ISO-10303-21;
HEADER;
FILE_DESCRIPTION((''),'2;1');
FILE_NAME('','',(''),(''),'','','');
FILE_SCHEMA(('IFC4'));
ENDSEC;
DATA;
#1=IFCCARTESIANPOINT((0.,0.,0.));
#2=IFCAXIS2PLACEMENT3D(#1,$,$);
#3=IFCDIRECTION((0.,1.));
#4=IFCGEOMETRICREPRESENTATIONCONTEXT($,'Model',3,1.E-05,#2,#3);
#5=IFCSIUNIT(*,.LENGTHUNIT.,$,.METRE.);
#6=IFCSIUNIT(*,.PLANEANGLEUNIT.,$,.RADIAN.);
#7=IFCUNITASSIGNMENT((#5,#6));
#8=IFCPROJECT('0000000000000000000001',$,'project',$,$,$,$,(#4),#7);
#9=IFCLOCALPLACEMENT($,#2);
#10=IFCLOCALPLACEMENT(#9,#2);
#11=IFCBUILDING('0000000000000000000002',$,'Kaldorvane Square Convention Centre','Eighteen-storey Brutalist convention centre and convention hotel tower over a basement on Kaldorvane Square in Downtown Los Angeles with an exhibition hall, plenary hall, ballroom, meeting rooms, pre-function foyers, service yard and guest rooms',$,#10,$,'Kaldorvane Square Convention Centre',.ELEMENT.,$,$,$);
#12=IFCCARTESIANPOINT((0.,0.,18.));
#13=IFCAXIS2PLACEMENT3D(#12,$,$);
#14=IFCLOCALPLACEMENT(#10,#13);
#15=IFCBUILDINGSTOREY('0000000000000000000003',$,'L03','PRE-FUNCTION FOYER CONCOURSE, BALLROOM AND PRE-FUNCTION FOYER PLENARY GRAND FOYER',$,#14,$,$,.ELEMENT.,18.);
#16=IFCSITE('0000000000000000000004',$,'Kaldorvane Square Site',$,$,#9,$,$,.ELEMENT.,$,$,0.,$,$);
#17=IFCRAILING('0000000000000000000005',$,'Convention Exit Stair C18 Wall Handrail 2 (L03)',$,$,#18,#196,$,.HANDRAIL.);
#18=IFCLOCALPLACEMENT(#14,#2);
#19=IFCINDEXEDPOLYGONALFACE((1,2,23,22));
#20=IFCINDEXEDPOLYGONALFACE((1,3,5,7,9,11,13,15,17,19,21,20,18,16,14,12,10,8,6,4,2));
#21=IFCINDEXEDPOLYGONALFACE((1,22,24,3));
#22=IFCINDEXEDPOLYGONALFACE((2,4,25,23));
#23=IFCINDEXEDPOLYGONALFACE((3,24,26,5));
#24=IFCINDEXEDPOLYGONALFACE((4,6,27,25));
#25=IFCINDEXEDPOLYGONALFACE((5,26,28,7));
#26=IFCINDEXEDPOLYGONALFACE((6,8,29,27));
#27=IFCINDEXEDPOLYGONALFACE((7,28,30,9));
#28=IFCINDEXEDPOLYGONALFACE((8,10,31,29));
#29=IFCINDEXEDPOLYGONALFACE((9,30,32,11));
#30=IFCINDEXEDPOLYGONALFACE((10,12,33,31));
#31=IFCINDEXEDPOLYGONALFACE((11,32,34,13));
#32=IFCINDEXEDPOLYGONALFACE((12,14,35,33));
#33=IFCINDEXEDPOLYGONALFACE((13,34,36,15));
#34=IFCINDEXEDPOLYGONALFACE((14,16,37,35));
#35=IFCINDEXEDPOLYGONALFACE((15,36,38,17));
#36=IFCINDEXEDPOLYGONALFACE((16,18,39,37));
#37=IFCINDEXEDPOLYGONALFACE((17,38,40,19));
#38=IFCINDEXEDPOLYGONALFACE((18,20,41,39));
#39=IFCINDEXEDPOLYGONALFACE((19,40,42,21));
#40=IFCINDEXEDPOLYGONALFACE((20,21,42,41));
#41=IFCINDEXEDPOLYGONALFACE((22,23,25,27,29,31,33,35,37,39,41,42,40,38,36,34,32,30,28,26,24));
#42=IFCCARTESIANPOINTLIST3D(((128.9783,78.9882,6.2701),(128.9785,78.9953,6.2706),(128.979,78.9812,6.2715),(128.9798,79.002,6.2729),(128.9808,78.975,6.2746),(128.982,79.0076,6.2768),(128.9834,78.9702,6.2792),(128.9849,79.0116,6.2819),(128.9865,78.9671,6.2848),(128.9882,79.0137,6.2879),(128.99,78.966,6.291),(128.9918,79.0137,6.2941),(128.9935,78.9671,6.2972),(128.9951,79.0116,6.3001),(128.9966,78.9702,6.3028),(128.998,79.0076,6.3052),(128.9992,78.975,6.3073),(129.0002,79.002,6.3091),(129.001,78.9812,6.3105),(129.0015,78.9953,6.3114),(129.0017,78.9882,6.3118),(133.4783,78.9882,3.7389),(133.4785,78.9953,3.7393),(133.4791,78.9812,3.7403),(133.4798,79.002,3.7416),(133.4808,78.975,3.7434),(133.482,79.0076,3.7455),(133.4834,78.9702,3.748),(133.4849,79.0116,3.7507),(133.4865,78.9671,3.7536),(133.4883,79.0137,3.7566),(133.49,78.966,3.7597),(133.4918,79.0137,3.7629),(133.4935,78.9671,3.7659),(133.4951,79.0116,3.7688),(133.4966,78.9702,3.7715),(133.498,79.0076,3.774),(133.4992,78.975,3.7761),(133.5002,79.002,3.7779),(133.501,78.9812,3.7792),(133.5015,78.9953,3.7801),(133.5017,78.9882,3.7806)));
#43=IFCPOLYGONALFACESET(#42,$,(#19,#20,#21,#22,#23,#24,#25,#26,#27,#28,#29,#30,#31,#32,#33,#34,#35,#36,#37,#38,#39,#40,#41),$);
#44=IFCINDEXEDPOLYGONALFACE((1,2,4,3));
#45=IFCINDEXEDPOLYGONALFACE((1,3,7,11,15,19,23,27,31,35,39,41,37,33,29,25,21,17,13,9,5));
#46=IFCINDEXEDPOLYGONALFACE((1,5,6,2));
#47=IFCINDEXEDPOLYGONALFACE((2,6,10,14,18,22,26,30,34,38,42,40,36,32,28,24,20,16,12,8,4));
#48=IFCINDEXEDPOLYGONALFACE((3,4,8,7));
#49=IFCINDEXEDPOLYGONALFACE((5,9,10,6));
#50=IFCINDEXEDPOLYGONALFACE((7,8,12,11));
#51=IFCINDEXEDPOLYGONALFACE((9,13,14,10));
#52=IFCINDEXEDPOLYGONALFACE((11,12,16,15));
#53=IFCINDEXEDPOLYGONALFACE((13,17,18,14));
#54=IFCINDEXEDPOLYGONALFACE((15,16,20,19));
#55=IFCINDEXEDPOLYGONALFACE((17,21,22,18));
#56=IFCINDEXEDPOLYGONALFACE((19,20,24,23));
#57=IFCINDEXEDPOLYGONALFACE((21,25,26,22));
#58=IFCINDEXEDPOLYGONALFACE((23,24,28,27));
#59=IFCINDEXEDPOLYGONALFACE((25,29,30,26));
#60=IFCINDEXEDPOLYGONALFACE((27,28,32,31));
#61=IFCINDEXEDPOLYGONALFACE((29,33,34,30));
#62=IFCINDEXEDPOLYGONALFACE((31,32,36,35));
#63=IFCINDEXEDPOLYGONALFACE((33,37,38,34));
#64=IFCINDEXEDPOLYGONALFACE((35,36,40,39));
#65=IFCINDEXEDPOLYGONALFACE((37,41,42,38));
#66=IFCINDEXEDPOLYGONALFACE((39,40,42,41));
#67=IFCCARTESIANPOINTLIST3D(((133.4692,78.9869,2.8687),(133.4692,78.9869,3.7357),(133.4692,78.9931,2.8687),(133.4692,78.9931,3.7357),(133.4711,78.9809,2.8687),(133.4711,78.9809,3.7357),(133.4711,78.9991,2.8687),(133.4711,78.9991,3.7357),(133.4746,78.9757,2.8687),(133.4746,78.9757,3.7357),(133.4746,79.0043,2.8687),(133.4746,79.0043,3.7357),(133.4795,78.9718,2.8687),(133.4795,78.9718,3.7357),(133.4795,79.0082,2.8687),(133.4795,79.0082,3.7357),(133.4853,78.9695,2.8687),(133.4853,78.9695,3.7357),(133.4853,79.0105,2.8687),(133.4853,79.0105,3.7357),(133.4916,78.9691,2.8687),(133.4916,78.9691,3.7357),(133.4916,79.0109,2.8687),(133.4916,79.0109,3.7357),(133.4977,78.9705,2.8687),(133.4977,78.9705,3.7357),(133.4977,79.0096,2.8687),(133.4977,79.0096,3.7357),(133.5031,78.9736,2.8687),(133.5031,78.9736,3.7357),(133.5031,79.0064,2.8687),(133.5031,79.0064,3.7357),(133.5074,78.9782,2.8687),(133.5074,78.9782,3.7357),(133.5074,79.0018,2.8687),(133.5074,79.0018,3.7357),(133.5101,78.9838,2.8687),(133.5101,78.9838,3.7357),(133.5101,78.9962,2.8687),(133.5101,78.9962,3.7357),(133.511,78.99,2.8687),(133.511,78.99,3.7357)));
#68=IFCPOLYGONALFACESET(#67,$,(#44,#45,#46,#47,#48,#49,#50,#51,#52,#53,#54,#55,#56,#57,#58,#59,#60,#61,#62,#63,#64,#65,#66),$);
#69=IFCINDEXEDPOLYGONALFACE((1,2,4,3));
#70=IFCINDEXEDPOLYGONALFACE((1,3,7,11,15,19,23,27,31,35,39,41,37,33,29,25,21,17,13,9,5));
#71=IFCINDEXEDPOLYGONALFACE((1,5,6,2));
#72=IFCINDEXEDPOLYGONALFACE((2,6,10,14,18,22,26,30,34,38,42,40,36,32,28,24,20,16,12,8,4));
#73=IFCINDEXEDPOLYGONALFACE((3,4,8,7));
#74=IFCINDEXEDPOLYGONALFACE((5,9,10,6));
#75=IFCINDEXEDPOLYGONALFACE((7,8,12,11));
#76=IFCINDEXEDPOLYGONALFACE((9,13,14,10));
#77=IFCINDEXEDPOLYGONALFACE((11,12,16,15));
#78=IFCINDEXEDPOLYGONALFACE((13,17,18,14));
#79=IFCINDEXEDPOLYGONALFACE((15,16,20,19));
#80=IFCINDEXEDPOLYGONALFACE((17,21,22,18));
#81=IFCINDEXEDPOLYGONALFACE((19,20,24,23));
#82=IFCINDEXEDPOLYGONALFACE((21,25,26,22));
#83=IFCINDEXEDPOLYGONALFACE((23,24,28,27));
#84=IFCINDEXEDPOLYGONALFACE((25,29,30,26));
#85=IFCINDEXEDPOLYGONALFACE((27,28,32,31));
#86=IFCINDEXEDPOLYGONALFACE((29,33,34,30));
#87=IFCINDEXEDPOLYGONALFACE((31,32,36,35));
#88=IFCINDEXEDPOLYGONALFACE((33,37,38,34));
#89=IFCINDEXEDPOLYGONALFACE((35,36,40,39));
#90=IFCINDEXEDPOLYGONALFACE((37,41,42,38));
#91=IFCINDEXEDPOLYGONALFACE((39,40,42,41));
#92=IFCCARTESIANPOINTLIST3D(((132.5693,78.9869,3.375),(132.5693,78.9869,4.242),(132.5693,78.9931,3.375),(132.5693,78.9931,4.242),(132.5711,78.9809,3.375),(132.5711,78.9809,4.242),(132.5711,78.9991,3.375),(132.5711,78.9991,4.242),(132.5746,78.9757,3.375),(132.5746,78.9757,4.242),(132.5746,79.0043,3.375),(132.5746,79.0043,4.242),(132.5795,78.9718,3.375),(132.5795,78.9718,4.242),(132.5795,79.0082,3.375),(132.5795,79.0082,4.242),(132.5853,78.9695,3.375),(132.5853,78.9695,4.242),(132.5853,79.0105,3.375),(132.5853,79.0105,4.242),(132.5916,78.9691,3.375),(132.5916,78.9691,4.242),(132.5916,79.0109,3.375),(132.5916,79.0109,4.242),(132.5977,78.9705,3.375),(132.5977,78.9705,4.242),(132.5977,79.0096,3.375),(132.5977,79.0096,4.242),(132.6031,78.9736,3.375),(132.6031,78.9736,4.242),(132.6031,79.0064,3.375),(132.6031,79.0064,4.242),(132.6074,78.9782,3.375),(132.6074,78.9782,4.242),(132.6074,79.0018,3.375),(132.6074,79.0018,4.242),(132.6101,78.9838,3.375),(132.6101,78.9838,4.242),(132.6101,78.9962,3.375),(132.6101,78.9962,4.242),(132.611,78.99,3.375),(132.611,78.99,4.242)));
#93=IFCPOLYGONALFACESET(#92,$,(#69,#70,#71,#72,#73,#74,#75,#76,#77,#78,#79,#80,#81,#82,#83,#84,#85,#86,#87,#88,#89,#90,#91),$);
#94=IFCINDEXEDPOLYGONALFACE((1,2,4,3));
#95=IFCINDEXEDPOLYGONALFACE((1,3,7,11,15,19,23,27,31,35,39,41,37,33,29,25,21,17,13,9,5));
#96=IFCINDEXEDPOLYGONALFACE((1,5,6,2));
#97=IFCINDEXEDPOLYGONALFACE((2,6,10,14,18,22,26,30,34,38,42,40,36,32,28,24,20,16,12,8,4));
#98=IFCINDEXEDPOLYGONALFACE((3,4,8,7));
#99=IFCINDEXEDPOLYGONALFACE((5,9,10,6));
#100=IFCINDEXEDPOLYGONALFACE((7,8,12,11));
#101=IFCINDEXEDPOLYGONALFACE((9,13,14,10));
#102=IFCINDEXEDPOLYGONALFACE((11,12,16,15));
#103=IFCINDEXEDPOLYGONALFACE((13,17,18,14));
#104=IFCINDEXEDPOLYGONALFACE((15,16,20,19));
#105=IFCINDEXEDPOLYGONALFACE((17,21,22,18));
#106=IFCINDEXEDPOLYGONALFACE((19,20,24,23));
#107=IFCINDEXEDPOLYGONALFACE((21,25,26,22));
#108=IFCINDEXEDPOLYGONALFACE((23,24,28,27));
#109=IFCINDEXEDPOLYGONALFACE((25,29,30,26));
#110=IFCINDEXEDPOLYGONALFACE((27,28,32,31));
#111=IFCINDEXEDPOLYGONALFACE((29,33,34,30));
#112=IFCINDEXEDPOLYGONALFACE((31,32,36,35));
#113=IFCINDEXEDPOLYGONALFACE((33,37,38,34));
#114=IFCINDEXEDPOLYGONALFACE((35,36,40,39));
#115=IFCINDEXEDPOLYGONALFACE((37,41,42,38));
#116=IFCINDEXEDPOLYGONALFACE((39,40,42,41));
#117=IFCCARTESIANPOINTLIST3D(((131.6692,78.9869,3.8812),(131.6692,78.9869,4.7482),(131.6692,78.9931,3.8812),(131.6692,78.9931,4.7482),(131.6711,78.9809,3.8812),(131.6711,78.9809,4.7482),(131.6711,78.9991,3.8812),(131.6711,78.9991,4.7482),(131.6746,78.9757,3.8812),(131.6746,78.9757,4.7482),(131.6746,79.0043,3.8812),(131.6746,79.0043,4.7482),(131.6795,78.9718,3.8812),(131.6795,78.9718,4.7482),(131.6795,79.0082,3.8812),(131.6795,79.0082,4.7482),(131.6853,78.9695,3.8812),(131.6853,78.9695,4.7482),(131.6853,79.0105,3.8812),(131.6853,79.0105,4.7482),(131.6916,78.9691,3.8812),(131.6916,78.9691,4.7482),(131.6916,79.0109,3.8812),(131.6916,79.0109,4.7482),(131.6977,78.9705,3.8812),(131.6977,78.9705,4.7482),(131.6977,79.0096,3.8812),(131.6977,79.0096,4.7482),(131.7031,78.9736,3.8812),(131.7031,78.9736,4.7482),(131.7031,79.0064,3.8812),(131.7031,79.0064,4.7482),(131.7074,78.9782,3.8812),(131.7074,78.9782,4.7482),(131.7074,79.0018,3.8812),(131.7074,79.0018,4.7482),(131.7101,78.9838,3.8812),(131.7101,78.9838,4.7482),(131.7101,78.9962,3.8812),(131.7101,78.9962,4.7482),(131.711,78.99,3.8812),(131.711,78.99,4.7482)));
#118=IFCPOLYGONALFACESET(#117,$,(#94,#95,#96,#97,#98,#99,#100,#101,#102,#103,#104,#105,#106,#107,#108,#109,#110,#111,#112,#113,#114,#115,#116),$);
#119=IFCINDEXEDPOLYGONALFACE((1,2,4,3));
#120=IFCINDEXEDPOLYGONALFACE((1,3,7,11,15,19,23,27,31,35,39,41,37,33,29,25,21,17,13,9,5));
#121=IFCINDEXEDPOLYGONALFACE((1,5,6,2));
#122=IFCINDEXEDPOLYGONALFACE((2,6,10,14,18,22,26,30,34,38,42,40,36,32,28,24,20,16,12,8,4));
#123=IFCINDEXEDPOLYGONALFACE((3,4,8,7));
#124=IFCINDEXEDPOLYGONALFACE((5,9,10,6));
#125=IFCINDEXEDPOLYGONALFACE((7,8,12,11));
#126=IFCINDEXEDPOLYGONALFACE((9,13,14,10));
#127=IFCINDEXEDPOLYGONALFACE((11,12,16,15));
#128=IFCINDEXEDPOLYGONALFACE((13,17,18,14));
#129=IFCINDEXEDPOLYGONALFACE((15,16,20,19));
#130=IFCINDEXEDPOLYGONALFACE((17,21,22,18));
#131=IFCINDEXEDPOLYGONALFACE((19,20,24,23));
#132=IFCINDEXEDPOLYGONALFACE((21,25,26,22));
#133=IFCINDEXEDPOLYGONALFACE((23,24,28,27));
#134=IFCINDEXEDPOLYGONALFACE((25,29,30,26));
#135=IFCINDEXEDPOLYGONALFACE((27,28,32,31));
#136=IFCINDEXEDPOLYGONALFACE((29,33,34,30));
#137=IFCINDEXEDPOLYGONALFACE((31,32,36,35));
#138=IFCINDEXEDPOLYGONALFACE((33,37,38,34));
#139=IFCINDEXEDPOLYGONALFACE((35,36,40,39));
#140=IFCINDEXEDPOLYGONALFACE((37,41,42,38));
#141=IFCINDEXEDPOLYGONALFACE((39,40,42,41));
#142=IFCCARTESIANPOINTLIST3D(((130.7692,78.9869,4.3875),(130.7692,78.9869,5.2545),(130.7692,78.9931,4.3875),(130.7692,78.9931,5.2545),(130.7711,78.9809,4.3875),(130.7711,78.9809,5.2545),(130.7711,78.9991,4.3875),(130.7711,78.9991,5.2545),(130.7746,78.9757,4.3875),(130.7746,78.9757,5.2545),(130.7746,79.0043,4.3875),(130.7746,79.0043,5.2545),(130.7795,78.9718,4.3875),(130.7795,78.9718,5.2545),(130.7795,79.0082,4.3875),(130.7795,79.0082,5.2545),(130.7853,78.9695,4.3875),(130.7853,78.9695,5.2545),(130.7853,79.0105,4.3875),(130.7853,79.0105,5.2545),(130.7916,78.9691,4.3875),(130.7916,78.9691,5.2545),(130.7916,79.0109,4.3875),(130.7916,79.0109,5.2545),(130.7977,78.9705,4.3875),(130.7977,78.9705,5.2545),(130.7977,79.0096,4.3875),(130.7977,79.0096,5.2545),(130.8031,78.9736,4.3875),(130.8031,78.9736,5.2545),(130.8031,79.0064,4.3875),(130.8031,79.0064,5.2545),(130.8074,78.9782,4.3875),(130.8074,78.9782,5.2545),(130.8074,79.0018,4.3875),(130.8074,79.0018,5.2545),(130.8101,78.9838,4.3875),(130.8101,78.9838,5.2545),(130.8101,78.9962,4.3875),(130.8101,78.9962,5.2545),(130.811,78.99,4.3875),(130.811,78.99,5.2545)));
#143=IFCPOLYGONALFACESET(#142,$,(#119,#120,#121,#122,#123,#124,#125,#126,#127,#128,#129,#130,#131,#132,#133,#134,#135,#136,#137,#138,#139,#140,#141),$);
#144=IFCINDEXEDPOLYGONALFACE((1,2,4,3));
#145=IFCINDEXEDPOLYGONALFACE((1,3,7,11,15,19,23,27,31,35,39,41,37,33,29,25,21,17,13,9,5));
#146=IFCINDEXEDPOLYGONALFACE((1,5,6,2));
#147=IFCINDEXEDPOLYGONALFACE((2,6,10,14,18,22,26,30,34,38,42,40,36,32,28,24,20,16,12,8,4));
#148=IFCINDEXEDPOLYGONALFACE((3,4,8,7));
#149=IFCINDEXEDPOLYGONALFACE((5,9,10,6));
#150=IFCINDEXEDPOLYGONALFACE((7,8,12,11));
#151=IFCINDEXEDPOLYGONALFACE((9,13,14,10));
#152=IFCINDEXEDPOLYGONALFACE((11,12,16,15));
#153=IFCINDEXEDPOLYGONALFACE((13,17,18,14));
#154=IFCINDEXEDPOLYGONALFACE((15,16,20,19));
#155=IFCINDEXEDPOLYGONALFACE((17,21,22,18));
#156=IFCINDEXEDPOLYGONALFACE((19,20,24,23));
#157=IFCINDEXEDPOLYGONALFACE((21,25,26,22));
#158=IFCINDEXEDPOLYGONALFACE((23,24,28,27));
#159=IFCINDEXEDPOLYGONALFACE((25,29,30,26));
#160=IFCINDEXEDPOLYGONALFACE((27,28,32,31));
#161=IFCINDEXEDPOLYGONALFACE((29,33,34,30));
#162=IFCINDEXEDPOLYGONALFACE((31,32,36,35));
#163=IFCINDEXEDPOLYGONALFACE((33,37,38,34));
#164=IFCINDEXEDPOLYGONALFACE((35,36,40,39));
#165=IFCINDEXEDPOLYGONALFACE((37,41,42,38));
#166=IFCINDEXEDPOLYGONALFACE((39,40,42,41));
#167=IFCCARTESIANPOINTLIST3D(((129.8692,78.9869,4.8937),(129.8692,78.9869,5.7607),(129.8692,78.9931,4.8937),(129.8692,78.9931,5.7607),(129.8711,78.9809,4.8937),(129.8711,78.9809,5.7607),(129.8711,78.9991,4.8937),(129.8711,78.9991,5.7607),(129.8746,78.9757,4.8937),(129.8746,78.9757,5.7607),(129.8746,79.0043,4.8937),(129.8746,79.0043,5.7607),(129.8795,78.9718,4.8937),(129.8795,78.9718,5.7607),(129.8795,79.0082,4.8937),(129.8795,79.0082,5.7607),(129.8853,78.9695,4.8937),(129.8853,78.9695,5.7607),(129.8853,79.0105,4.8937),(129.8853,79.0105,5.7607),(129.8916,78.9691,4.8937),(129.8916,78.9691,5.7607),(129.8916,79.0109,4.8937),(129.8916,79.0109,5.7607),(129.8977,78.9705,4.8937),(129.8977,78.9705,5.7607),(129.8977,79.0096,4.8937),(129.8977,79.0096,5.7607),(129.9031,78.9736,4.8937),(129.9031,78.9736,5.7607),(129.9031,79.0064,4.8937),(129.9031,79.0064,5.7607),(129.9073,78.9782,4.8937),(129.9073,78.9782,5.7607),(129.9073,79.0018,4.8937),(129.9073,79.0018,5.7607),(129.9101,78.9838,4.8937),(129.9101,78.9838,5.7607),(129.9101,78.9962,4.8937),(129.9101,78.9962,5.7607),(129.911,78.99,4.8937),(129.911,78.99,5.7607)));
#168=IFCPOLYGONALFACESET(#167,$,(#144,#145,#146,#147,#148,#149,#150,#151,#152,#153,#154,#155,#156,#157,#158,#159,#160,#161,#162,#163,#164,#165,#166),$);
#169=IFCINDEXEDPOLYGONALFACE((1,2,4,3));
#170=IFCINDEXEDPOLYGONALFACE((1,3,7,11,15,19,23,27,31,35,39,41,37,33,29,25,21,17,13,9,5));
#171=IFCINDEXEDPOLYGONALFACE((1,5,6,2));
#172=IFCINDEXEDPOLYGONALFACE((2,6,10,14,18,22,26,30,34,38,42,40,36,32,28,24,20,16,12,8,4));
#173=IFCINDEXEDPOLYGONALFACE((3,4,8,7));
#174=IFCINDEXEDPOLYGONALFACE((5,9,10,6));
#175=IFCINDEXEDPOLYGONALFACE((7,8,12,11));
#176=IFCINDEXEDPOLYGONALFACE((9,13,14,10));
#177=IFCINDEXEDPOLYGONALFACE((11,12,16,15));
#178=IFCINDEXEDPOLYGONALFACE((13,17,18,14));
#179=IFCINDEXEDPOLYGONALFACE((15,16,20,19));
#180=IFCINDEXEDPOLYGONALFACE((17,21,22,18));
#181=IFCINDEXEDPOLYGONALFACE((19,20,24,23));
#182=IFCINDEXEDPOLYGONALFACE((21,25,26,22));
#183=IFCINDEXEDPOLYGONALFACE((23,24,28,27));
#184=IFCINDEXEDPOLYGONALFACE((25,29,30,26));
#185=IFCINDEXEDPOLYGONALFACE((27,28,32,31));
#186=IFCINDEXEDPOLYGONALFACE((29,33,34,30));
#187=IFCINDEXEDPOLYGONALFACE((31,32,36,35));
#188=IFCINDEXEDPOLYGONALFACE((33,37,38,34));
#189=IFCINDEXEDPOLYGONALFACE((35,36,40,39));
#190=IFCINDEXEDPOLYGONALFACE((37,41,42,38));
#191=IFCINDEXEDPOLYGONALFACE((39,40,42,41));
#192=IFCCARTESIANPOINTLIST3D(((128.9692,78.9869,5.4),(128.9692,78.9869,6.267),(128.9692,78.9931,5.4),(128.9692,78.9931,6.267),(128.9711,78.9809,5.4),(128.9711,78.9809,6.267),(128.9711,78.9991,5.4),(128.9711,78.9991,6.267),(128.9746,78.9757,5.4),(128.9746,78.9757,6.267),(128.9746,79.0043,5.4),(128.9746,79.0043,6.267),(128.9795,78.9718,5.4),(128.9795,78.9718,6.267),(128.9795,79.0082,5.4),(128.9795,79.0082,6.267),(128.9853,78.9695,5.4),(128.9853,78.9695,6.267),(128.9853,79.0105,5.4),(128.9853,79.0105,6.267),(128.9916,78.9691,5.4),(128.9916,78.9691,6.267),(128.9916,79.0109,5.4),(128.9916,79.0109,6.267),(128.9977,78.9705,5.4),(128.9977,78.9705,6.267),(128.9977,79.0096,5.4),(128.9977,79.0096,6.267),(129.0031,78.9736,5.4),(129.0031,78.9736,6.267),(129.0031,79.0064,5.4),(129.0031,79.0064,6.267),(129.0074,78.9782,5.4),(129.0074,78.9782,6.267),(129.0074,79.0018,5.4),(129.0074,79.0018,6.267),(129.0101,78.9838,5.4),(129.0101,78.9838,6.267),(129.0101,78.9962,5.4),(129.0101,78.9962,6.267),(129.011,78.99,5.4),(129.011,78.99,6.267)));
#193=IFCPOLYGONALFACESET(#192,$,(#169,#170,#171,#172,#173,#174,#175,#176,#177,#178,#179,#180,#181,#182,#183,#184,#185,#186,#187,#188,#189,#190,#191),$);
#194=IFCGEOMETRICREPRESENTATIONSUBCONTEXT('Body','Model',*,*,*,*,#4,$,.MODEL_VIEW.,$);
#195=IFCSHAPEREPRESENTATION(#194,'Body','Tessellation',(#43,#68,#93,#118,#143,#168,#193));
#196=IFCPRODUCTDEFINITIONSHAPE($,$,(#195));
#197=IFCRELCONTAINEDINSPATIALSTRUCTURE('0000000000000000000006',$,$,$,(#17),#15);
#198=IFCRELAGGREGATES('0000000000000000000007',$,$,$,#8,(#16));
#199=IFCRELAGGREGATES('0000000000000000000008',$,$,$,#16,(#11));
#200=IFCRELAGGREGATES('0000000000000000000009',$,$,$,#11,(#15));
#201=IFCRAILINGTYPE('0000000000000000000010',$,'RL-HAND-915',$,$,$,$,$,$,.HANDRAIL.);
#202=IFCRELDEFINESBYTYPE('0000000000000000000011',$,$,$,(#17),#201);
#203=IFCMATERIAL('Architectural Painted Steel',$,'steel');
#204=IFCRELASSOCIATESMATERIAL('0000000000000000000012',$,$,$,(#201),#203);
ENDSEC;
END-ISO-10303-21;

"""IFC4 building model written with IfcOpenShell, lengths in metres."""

from ifc_helpers import new_model, si_unit, direction, frame, origin, origin_2d, place, context, subcontext, project, spatial, circle, extrude, material, type_object, element, save


model = new_model("IFC4")

# Units and contexts
model_context = context("Model", 3, precision=1e-05, world=origin(), true_north=direction((0.0, 1.0)))
body_context = subcontext(model_context, "Body", "Model", "MODEL_VIEW")
ifc_project = project(units=[si_unit("LENGTHUNIT", "METRE"), si_unit("PLANEANGLEUNIT", "RADIAN")], contexts=[model_context])

# Site, building, storey
site_placement = place(None, origin())
site = spatial("IfcSite", under=ifc_project, at=site_placement, Name="Kaldorvane Square Site", CompositionType="ELEMENT", RefElevation=0.0)
building_placement = place(site_placement, origin())
building = spatial("IfcBuilding", under=site, at=building_placement, Name="Kaldorvane Square Convention Centre", Description="Eighteen-storey Brutalist convention centre and convention hotel tower over a basement on Kaldorvane Square in Downtown Los Angeles with an exhibition hall, plenary hall, ballroom, meeting rooms, pre-function foyers, service yard and guest rooms", LongName="Kaldorvane Square Convention Centre", CompositionType="ELEMENT")
storey_placement = place(building_placement, frame((0.0, 0.0, 18.0)))
storey = spatial("IfcBuildingStorey", under=building, at=storey_placement, Name="L03", Description="PRE-FUNCTION FOYER CONCOURSE, BALLROOM AND PRE-FUNCTION FOYER PLENARY GRAND FOYER", CompositionType="ELEMENT", Elevation=18.0)

# Railing
ifc_material_1 = material(Name="Architectural Painted Steel", Category="steel")
railing_type_1 = type_object("IfcRailingType", Name="RL-HAND-915", PredefinedType="HANDRAIL", material=ifc_material_1)
for number, where, name in (
    (1, (133.49, 78.99, 2.8687), "Convention Exit Stair C18 Wall Handrail 2 (L03)"),
):
    element("IfcRailing", number, at=place(storey_placement, frame(where)), inside=storey, type_object=railing_type_1, Name=name, PredefinedType="HANDRAIL", context=body_context, shape_type="SweptSolid", body=[
        extrude(circle(Radius=0.024, at=origin_2d()), frame((0.0, 0.0, 0.891), z_axis=(-0.871576, 0.0, 0.490261), x_axis=(0.0, -1.0, 0.0)), (0.0, 0.0, 1.0), 5.1631),
        extrude(circle(Radius=0.021, at=origin_2d()), origin(), (0.0, 0.0, 1.0), 0.867),
        extrude(circle(Radius=0.021, at=origin_2d()), frame((-0.9, 0.0, 0.5063)), (0.0, 0.0, 1.0), 0.867),
        extrude(circle(Radius=0.021, at=origin_2d()), frame((-1.8, 0.0, 1.0125)), (0.0, 0.0, 1.0), 0.867),
        extrude(circle(Radius=0.021, at=origin_2d()), frame((-2.7, 0.0, 1.5188)), (0.0, 0.0, 1.0), 0.867),
        extrude(circle(Radius=0.021, at=origin_2d()), frame((-3.6, 0.0, 2.025)), (0.0, 0.0, 1.0), 0.867),
        extrude(circle(Radius=0.021, at=origin_2d()), frame((-4.5, 0.0, 2.5312)), (0.0, 0.0, 1.0), 0.867),
    ])

save(model, "model.ifc")
